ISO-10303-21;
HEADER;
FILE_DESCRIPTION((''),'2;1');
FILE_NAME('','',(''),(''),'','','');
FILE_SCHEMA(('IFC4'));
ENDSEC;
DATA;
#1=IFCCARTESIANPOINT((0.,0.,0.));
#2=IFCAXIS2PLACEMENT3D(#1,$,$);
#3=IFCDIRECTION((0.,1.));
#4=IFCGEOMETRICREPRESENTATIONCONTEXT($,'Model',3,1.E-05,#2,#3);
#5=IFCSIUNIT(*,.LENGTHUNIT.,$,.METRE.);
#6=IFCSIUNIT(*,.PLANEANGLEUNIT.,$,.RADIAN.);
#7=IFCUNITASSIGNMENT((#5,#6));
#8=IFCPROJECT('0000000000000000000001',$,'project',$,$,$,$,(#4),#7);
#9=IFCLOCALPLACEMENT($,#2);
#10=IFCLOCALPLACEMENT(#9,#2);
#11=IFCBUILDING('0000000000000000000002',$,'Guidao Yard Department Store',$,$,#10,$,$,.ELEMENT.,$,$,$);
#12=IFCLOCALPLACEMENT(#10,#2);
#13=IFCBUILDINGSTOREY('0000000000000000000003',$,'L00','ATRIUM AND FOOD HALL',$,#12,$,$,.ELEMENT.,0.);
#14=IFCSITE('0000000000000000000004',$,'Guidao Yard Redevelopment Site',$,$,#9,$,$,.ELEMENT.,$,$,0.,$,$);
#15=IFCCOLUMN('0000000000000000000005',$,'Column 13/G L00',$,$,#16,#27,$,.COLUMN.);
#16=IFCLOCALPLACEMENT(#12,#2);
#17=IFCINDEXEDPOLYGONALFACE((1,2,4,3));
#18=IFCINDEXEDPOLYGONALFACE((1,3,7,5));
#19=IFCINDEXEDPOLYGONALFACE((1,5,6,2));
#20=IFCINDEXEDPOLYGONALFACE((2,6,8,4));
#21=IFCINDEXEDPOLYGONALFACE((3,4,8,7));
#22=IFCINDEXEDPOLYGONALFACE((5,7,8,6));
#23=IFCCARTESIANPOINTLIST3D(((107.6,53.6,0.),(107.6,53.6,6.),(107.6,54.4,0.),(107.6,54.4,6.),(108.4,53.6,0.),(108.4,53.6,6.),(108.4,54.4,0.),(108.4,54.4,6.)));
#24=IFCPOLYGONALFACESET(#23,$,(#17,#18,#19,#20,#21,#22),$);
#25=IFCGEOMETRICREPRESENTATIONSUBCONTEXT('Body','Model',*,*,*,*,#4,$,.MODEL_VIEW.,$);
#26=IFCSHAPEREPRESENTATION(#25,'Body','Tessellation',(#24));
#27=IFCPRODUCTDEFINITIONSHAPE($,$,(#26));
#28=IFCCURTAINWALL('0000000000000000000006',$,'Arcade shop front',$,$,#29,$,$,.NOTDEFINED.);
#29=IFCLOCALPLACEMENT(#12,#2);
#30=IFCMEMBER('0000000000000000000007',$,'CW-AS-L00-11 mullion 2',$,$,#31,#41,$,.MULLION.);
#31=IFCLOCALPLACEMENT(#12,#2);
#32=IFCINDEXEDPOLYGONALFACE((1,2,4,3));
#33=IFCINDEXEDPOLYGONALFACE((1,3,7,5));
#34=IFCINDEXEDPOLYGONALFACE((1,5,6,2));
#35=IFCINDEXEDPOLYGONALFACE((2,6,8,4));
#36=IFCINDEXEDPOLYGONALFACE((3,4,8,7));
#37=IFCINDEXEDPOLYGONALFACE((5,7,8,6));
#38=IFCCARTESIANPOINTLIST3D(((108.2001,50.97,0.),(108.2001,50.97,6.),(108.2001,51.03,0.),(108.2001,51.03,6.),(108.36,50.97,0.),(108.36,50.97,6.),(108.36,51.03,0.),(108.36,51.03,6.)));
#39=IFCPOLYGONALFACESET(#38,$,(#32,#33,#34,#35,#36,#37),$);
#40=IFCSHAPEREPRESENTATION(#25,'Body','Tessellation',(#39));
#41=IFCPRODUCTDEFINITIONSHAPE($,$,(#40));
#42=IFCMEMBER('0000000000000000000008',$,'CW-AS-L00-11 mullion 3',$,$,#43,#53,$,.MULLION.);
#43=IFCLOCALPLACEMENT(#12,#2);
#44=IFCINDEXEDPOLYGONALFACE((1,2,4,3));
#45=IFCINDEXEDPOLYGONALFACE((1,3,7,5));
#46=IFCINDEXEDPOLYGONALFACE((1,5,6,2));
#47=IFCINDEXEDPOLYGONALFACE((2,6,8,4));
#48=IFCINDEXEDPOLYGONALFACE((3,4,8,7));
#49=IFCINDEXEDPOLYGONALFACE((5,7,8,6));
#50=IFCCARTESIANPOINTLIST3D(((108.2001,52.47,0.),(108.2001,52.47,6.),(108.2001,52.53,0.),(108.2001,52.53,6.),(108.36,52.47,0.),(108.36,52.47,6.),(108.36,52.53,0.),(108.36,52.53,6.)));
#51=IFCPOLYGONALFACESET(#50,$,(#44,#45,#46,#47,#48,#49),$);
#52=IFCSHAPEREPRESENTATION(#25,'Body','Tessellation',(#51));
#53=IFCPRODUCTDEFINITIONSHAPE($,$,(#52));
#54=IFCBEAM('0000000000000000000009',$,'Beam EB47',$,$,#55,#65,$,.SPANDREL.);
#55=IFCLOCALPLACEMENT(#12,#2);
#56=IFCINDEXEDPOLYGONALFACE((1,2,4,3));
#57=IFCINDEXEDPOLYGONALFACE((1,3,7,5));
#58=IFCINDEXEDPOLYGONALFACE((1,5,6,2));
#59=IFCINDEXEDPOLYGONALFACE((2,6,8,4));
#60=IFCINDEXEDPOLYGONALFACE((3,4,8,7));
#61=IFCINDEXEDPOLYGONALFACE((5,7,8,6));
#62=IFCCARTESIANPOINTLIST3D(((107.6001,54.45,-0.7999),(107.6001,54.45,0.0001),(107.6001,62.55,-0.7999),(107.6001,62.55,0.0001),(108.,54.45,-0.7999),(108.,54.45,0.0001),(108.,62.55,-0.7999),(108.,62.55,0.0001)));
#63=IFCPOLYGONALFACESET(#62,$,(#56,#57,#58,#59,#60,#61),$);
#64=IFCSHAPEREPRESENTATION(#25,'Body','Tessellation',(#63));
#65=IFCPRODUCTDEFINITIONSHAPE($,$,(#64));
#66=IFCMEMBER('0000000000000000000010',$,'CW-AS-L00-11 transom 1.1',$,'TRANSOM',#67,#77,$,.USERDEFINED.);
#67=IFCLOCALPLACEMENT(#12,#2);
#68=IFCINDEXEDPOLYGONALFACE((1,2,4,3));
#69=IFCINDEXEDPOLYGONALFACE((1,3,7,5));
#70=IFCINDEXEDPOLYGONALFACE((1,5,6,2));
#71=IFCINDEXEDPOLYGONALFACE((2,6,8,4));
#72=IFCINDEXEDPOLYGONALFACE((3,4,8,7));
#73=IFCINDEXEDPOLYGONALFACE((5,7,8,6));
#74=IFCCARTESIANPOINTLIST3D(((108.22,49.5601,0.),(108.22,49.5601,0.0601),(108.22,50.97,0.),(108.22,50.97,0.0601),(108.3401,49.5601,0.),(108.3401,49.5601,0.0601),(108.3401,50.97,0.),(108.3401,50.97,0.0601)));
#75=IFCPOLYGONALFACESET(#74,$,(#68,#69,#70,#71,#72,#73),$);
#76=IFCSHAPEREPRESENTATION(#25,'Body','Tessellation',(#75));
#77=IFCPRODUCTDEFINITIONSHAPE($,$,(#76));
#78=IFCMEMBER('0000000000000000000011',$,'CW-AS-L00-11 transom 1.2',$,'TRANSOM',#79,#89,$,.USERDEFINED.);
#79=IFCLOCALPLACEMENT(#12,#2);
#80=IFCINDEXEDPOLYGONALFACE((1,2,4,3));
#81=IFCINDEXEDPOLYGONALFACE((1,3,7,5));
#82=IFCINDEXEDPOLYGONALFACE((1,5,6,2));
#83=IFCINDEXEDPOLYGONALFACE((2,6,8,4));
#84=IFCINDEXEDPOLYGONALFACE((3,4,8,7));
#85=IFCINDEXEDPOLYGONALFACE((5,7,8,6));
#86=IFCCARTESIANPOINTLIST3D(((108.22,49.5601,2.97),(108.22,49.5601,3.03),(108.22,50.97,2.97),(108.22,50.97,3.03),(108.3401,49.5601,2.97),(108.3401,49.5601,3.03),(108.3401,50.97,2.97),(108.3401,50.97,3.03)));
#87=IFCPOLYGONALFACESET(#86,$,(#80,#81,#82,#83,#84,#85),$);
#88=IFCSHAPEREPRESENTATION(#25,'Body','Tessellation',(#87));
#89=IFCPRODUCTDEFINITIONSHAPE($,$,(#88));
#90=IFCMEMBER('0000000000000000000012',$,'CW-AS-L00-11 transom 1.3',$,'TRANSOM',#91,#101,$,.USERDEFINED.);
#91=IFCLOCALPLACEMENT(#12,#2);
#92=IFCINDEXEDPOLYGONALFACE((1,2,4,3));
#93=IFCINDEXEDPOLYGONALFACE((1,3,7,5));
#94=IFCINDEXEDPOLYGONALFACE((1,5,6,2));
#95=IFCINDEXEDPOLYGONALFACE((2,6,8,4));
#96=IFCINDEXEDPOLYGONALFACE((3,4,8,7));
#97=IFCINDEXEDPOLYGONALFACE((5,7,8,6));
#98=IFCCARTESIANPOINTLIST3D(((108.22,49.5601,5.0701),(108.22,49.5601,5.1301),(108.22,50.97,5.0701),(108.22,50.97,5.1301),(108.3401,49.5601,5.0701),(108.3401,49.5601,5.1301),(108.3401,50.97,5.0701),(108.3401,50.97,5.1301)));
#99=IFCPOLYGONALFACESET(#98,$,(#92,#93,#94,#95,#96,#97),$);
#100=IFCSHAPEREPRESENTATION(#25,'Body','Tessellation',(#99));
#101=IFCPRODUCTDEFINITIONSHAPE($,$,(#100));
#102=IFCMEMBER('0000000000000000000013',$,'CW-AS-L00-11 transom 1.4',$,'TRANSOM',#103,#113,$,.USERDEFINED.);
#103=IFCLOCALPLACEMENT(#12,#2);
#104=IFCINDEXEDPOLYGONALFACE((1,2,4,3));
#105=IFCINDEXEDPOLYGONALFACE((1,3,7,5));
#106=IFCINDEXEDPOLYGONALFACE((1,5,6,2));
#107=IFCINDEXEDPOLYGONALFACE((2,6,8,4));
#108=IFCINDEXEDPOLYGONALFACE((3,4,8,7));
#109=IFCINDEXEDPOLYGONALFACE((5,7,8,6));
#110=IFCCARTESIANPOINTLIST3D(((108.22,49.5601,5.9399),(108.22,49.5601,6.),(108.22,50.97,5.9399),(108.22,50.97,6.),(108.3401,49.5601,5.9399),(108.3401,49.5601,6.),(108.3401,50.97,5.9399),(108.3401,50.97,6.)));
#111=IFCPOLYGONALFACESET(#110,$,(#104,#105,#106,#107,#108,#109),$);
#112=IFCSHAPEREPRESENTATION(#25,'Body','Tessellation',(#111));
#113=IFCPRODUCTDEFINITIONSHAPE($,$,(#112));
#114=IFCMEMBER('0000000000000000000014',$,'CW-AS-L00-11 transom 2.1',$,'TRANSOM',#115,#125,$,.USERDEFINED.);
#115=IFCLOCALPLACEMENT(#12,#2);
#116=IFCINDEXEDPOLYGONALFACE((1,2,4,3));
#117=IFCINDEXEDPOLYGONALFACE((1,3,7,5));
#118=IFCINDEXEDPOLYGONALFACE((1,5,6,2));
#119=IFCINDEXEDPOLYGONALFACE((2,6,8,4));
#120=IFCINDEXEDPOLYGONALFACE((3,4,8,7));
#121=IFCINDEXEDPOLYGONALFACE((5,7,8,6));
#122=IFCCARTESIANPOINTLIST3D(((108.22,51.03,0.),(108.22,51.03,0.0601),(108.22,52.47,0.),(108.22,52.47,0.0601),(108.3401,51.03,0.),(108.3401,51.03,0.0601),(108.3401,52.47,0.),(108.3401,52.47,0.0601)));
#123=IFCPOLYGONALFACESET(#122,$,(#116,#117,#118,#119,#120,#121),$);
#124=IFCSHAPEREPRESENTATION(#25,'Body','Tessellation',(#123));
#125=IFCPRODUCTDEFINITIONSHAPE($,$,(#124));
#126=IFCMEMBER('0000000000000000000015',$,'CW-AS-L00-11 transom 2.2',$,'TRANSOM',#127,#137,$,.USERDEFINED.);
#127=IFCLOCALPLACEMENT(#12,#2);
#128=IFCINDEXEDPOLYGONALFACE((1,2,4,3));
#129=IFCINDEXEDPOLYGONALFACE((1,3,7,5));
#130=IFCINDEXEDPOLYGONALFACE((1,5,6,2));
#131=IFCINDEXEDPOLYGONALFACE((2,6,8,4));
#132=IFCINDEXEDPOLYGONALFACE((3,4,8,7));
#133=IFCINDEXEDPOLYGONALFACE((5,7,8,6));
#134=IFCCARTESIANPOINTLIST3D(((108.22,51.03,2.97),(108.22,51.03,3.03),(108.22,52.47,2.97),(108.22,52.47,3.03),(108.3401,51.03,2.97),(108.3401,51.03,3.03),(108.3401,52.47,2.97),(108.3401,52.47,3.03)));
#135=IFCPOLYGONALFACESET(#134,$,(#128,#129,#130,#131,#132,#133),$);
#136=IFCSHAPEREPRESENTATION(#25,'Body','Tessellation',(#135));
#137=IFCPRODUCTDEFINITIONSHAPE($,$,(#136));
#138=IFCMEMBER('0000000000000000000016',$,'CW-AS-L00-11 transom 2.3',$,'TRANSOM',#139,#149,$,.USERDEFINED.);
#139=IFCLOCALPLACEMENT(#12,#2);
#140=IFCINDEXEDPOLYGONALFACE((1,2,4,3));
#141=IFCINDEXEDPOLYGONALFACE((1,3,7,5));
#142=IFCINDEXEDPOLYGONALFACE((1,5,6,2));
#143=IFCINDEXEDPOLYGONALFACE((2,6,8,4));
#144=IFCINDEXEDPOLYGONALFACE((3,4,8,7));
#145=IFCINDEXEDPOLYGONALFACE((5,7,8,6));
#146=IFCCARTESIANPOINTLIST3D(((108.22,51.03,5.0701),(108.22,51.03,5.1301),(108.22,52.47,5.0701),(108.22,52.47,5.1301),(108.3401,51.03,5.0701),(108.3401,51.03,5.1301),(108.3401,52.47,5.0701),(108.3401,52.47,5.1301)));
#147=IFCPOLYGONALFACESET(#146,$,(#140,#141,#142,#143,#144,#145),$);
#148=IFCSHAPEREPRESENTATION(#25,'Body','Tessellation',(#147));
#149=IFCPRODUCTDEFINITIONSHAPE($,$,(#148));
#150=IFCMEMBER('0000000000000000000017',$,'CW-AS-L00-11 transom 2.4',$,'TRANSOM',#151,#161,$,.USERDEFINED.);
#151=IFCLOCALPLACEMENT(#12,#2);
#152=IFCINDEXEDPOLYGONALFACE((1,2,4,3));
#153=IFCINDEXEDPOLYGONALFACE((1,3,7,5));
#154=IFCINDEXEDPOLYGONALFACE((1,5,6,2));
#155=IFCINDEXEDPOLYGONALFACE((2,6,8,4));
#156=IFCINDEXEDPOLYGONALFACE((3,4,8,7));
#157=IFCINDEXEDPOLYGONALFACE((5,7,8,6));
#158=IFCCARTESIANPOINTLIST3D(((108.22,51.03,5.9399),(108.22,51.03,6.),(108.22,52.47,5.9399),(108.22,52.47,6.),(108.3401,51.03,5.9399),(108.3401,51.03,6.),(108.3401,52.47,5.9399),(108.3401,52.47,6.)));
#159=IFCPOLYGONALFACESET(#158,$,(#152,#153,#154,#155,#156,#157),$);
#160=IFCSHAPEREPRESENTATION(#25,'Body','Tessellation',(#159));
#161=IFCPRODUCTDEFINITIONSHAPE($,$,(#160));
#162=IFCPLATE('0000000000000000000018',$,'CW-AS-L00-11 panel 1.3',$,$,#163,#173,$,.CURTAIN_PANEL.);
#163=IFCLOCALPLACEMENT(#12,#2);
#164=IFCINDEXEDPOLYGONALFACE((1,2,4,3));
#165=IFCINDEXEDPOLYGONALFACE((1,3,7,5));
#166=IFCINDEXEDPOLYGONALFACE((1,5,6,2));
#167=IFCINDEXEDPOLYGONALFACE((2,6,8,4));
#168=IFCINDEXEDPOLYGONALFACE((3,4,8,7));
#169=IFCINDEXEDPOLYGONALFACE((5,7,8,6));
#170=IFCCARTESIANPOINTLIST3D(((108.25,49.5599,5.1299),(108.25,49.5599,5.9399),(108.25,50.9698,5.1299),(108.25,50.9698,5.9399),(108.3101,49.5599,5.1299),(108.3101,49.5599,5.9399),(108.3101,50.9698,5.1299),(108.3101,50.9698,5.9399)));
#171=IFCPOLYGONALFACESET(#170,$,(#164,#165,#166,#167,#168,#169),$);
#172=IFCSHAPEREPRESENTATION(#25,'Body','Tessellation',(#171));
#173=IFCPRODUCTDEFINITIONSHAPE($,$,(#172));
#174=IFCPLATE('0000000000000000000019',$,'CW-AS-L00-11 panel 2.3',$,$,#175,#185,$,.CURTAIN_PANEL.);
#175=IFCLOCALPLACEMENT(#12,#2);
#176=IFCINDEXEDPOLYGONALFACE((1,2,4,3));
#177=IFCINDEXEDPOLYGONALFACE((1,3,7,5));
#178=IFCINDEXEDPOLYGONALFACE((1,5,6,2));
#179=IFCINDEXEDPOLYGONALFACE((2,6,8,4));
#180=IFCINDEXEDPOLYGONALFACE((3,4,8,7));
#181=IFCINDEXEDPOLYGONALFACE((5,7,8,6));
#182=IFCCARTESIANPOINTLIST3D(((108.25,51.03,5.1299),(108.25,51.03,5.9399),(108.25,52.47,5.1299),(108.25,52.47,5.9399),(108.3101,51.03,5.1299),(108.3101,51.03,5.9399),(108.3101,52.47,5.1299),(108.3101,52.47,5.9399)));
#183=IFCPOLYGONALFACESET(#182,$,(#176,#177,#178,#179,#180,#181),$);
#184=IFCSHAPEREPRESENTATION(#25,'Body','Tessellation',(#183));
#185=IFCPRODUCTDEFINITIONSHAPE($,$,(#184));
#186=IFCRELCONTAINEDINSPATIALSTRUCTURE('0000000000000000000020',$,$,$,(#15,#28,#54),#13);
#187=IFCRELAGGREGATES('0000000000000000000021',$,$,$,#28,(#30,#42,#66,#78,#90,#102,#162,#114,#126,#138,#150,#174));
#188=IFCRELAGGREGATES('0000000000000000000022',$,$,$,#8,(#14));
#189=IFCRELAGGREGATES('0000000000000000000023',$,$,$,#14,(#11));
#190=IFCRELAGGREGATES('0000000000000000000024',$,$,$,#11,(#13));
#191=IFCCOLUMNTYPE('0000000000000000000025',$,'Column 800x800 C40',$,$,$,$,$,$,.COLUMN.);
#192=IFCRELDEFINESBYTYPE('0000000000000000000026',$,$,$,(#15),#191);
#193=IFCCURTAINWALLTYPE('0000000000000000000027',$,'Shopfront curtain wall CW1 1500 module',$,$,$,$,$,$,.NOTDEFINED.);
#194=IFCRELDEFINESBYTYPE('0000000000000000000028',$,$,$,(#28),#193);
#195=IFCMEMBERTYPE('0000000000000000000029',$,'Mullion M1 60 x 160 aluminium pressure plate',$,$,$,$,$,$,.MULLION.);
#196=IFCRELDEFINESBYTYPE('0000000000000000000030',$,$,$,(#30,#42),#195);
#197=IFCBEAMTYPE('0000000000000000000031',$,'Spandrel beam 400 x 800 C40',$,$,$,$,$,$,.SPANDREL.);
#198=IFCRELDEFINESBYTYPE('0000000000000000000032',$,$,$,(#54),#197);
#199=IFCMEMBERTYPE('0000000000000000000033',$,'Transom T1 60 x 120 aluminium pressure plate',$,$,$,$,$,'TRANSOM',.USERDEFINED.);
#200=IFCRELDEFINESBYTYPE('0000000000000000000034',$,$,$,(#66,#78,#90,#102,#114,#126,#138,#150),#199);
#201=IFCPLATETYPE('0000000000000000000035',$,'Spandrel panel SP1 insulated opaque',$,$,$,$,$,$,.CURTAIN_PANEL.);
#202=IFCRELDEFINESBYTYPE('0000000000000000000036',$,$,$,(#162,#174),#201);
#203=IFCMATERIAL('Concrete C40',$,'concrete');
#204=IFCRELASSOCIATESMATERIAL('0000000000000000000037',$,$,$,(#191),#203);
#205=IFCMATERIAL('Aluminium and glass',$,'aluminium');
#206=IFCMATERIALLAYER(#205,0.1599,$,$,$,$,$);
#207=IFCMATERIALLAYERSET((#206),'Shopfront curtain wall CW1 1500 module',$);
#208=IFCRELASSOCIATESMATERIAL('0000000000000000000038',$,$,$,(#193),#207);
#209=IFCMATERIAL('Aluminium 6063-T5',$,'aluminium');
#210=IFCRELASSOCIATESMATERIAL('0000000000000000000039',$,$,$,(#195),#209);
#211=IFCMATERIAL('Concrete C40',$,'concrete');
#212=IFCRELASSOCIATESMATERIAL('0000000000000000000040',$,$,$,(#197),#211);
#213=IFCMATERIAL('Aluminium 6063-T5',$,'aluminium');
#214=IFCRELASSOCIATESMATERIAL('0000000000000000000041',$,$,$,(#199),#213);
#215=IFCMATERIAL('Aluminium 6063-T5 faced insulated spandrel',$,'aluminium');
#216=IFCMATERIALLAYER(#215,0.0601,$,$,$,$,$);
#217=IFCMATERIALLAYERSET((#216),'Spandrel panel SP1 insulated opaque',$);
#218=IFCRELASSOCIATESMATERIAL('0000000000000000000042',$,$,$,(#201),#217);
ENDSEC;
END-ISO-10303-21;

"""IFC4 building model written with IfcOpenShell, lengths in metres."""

from ifc_helpers import new_model, si_unit, direction, frame, origin, origin_2d, place, context, subcontext, project, spatial, rectangle, extrude, material, layer, layer_set, material_profile, profile_set, type_object, element, aggregate, save


model = new_model("IFC4")

# Units and contexts
model_context = context("Model", 3, precision=1e-05, world=origin(), true_north=direction((0.0, 1.0)))
body_context = subcontext(model_context, "Body", "Model", "MODEL_VIEW")
ifc_project = project(units=[si_unit("LENGTHUNIT", "METRE"), si_unit("PLANEANGLEUNIT", "RADIAN")], contexts=[model_context])

# Site, building, storey
site_placement = place(None, origin())
site = spatial("IfcSite", under=ifc_project, at=site_placement, Name="Guidao Yard Redevelopment Site", CompositionType="ELEMENT", RefElevation=0.0)
building_placement = place(site_placement, origin())
building = spatial("IfcBuilding", under=site, at=building_placement, Name="Guidao Yard Department Store", CompositionType="ELEMENT")
storey_placement = place(building_placement, origin())
storey = spatial("IfcBuildingStorey", under=building, at=storey_placement, Name="L00", Description="ATRIUM AND FOOD HALL", CompositionType="ELEMENT", Elevation=0.0)

# Column
ifc_material_1 = material(Name="Concrete C40", Category="concrete")
ifc_material_profile_1 = material_profile(ifc_material_1, rectangle(XDim=0.8, YDim=0.8, at=origin_2d()), Name="COL 800x800")
ifc_profile_set_1 = profile_set([ifc_material_profile_1], Name="Concrete C40")
column_type = type_object("IfcColumnType", Name="Column 800x800 C40", PredefinedType="COLUMN", material=ifc_profile_set_1)
column_placement = place(storey_placement, frame((108.0, 54.0, 0.0), z_axis=(0.0, 0.0, 1.0), x_axis=(1.0, 0.0, 0.0)))
element("IfcColumn", 1, at=column_placement, inside=storey, type_object=column_type, Name="Column 13/G L00", PredefinedType="COLUMN", context=body_context, shape_type="SweptSolid", body=[
    extrude(rectangle(XDim=0.8, YDim=0.8, at=origin_2d()), origin(), (0.0, 0.0, 1.0), 6.0),
])

# Curtain wall, members
ifc_material_2 = material(Name="Aluminium and glass", Category="aluminium")
ifc_layer_1 = layer(ifc_material_2, 0.1599)
ifc_layer_set_1 = layer_set([ifc_layer_1], Name="Shopfront curtain wall CW1 1500 module")
curtain_wall_type = type_object("IfcCurtainWallType", Name="Shopfront curtain wall CW1 1500 module", PredefinedType="NOTDEFINED", material=ifc_layer_set_1)
curtain_wall_placement = place(storey_placement, origin())
curtain_wall = element("IfcCurtainWall", 2, at=curtain_wall_placement, inside=storey, type_object=curtain_wall_type, Name="Arcade shop front", PredefinedType="NOTDEFINED")
ifc_material_3 = material(Name="Aluminium 6063-T5", Category="aluminium")
ifc_material_profile_2 = material_profile(ifc_material_3, rectangle(XDim=0.0601, YDim=0.1599, at=origin_2d()), Name="Mullion M1 60 x 160 aluminium pressure plate")
ifc_profile_set_2 = profile_set([ifc_material_profile_2], Name="Aluminium 6063-T5")
member_type_1 = type_object("IfcMemberType", Name="Mullion M1 60 x 160 aluminium pressure plate", PredefinedType="MULLION", material=ifc_profile_set_2)
member_1_placement = place(storey_placement, frame((108.28, 51.0, 0.0), z_axis=(0.0, 0.0, 1.0), x_axis=(0.0, -1.0, 0.0)))
member_1 = element("IfcMember", 3, at=member_1_placement, type_object=member_type_1, Name="CW-AS-L00-11 mullion 2", PredefinedType="MULLION", context=body_context, shape_type="SweptSolid", body=[
    extrude(rectangle(XDim=0.0601, YDim=0.1599, at=origin_2d()), origin(), (0.0, 0.0, 1.0), 6.0),
])
member_2_placement = place(storey_placement, frame((108.28, 52.5, 0.0), z_axis=(0.0, 0.0, 1.0), x_axis=(0.0, -1.0, 0.0)))
member_2 = element("IfcMember", 4, at=member_2_placement, type_object=member_type_1, Name="CW-AS-L00-11 mullion 3", PredefinedType="MULLION", context=body_context, shape_type="SweptSolid", body=[
    extrude(rectangle(XDim=0.0601, YDim=0.1599, at=origin_2d()), origin(), (0.0, 0.0, 1.0), 6.0),
])

# Beam
ifc_material_4 = material(Name="Concrete C40", Category="concrete")
ifc_material_profile_3 = material_profile(ifc_material_4, rectangle(XDim=0.3999, YDim=0.8, at=origin_2d()), Name="Spandrel beam 400 x 800 C40")
ifc_profile_set_3 = profile_set([ifc_material_profile_3], Name="Concrete C40")
beam_type = type_object("IfcBeamType", Name="Spandrel beam 400 x 800 C40", PredefinedType="SPANDREL", material=ifc_profile_set_3)
beam_placement = place(storey_placement, frame((107.8, 54.45, -0.3999), z_axis=(0.0, 1.0, 0.0), x_axis=(-1.0, 0.0, 0.0)))
element("IfcBeam", 5, at=beam_placement, inside=storey, type_object=beam_type, Name="Beam EB47", PredefinedType="SPANDREL", context=body_context, shape_type="SweptSolid", body=[
    extrude(rectangle(XDim=0.3999, YDim=0.8, at=origin_2d()), origin(), (0.0, 0.0, 1.0), 8.1001),
])

# Members
ifc_material_5 = material(Name="Aluminium 6063-T5", Category="aluminium")
ifc_material_profile_4 = material_profile(ifc_material_5, rectangle(XDim=0.1201, YDim=0.0601, at=origin_2d()), Name="Transom T1 60 x 120 aluminium pressure plate")
ifc_profile_set_4 = profile_set([ifc_material_profile_4], Name="Aluminium 6063-T5")
member_type_2 = type_object("IfcMemberType", Name="Transom T1 60 x 120 aluminium pressure plate", ElementType="TRANSOM", PredefinedType="USERDEFINED", material=ifc_profile_set_4)
member_3_placement = place(storey_placement, frame((108.28, 50.97, 0.03), z_axis=(0.0, -1.0, 0.0), x_axis=(1.0, 0.0, 0.0)))
member_3 = element("IfcMember", 6, at=member_3_placement, type_object=member_type_2, Name="CW-AS-L00-11 transom 1.1", ObjectType="TRANSOM", PredefinedType="USERDEFINED", context=body_context, shape_type="SweptSolid", body=[
    extrude(rectangle(XDim=0.1201, YDim=0.0601, at=origin_2d()), origin(), (0.0, 0.0, 1.0), 1.4099),
])
member_4_placement = place(storey_placement, frame((108.28, 50.97, 3.0), z_axis=(0.0, -1.0, 0.0), x_axis=(1.0, 0.0, 0.0)))
member_4 = element("IfcMember", 7, at=member_4_placement, type_object=member_type_2, Name="CW-AS-L00-11 transom 1.2", ObjectType="TRANSOM", PredefinedType="USERDEFINED", context=body_context, shape_type="SweptSolid", body=[
    extrude(rectangle(XDim=0.1201, YDim=0.0601, at=origin_2d()), origin(), (0.0, 0.0, 1.0), 1.4099),
])
member_5_placement = place(storey_placement, frame((108.28, 50.97, 5.1001), z_axis=(0.0, -1.0, 0.0), x_axis=(1.0, 0.0, 0.0)))
member_5 = element("IfcMember", 8, at=member_5_placement, type_object=member_type_2, Name="CW-AS-L00-11 transom 1.3", ObjectType="TRANSOM", PredefinedType="USERDEFINED", context=body_context, shape_type="SweptSolid", body=[
    extrude(rectangle(XDim=0.1201, YDim=0.0601, at=origin_2d()), origin(), (0.0, 0.0, 1.0), 1.4099),
])
member_6_placement = place(storey_placement, frame((108.28, 50.97, 5.97), z_axis=(0.0, -1.0, 0.0), x_axis=(1.0, 0.0, 0.0)))
member_6 = element("IfcMember", 9, at=member_6_placement, type_object=member_type_2, Name="CW-AS-L00-11 transom 1.4", ObjectType="TRANSOM", PredefinedType="USERDEFINED", context=body_context, shape_type="SweptSolid", body=[
    extrude(rectangle(XDim=0.1201, YDim=0.0601, at=origin_2d()), origin(), (0.0, 0.0, 1.0), 1.4099),
])
member_7_placement = place(storey_placement, frame((108.28, 52.47, 0.03), z_axis=(0.0, -1.0, 0.0), x_axis=(1.0, 0.0, 0.0)))
member_7 = element("IfcMember", 10, at=member_7_placement, type_object=member_type_2, Name="CW-AS-L00-11 transom 2.1", ObjectType="TRANSOM", PredefinedType="USERDEFINED", context=body_context, shape_type="SweptSolid", body=[
    extrude(rectangle(XDim=0.1201, YDim=0.0601, at=origin_2d()), origin(), (0.0, 0.0, 1.0), 1.4399),
])
member_8_placement = place(storey_placement, frame((108.28, 52.47, 3.0), z_axis=(0.0, -1.0, 0.0), x_axis=(1.0, 0.0, 0.0)))
member_8 = element("IfcMember", 11, at=member_8_placement, type_object=member_type_2, Name="CW-AS-L00-11 transom 2.2", ObjectType="TRANSOM", PredefinedType="USERDEFINED", context=body_context, shape_type="SweptSolid", body=[
    extrude(rectangle(XDim=0.1201, YDim=0.0601, at=origin_2d()), origin(), (0.0, 0.0, 1.0), 1.4399),
])
member_9_placement = place(storey_placement, frame((108.28, 52.47, 5.1001), z_axis=(0.0, -1.0, 0.0), x_axis=(1.0, 0.0, 0.0)))
member_9 = element("IfcMember", 12, at=member_9_placement, type_object=member_type_2, Name="CW-AS-L00-11 transom 2.3", ObjectType="TRANSOM", PredefinedType="USERDEFINED", context=body_context, shape_type="SweptSolid", body=[
    extrude(rectangle(XDim=0.1201, YDim=0.0601, at=origin_2d()), origin(), (0.0, 0.0, 1.0), 1.4399),
])
member_10_placement = place(storey_placement, frame((108.28, 52.47, 5.97), z_axis=(0.0, -1.0, 0.0), x_axis=(1.0, 0.0, 0.0)))
member_10 = element("IfcMember", 13, at=member_10_placement, type_object=member_type_2, Name="CW-AS-L00-11 transom 2.4", ObjectType="TRANSOM", PredefinedType="USERDEFINED", context=body_context, shape_type="SweptSolid", body=[
    extrude(rectangle(XDim=0.1201, YDim=0.0601, at=origin_2d()), origin(), (0.0, 0.0, 1.0), 1.4399),
])

# Plates
ifc_material_6 = material(Name="Aluminium 6063-T5 faced insulated spandrel", Category="aluminium")
ifc_layer_2 = layer(ifc_material_6, 0.0601)
ifc_layer_set_2 = layer_set([ifc_layer_2], Name="Spandrel panel SP1 insulated opaque")
plate_type_1 = type_object("IfcPlateType", Name="Spandrel panel SP1 insulated opaque", PredefinedType="CURTAIN_PANEL", material=ifc_layer_set_2)
plate_1_placement = place(storey_placement, frame((108.28, 50.2649, 5.1299), z_axis=(0.0, 0.0, 1.0), x_axis=(0.0, -1.0, 0.0)))
plate_1 = element("IfcPlate", 14, at=plate_1_placement, type_object=plate_type_1, Name="CW-AS-L00-11 panel 1.3", PredefinedType="CURTAIN_PANEL", context=body_context, shape_type="SweptSolid", body=[
    extrude(rectangle(XDim=1.4099, YDim=0.0601, at=origin_2d()), origin(), (0.0, 0.0, 1.0), 0.8101),
])
plate_2_placement = place(storey_placement, frame((108.28, 51.75, 5.1299), z_axis=(0.0, 0.0, 1.0), x_axis=(0.0, -1.0, 0.0)))
plate_2 = element("IfcPlate", 15, at=plate_2_placement, type_object=plate_type_1, Name="CW-AS-L00-11 panel 2.3", PredefinedType="CURTAIN_PANEL", context=body_context, shape_type="SweptSolid", body=[
    extrude(rectangle(XDim=1.4399, YDim=0.0601, at=origin_2d()), origin(), (0.0, 0.0, 1.0), 0.8101),
])
aggregate(curtain_wall, [member_1, member_2, member_3, member_4, member_5, member_6, plate_1, member_7, member_8, member_9, member_10, plate_2])

save(model, "model.ifc")
